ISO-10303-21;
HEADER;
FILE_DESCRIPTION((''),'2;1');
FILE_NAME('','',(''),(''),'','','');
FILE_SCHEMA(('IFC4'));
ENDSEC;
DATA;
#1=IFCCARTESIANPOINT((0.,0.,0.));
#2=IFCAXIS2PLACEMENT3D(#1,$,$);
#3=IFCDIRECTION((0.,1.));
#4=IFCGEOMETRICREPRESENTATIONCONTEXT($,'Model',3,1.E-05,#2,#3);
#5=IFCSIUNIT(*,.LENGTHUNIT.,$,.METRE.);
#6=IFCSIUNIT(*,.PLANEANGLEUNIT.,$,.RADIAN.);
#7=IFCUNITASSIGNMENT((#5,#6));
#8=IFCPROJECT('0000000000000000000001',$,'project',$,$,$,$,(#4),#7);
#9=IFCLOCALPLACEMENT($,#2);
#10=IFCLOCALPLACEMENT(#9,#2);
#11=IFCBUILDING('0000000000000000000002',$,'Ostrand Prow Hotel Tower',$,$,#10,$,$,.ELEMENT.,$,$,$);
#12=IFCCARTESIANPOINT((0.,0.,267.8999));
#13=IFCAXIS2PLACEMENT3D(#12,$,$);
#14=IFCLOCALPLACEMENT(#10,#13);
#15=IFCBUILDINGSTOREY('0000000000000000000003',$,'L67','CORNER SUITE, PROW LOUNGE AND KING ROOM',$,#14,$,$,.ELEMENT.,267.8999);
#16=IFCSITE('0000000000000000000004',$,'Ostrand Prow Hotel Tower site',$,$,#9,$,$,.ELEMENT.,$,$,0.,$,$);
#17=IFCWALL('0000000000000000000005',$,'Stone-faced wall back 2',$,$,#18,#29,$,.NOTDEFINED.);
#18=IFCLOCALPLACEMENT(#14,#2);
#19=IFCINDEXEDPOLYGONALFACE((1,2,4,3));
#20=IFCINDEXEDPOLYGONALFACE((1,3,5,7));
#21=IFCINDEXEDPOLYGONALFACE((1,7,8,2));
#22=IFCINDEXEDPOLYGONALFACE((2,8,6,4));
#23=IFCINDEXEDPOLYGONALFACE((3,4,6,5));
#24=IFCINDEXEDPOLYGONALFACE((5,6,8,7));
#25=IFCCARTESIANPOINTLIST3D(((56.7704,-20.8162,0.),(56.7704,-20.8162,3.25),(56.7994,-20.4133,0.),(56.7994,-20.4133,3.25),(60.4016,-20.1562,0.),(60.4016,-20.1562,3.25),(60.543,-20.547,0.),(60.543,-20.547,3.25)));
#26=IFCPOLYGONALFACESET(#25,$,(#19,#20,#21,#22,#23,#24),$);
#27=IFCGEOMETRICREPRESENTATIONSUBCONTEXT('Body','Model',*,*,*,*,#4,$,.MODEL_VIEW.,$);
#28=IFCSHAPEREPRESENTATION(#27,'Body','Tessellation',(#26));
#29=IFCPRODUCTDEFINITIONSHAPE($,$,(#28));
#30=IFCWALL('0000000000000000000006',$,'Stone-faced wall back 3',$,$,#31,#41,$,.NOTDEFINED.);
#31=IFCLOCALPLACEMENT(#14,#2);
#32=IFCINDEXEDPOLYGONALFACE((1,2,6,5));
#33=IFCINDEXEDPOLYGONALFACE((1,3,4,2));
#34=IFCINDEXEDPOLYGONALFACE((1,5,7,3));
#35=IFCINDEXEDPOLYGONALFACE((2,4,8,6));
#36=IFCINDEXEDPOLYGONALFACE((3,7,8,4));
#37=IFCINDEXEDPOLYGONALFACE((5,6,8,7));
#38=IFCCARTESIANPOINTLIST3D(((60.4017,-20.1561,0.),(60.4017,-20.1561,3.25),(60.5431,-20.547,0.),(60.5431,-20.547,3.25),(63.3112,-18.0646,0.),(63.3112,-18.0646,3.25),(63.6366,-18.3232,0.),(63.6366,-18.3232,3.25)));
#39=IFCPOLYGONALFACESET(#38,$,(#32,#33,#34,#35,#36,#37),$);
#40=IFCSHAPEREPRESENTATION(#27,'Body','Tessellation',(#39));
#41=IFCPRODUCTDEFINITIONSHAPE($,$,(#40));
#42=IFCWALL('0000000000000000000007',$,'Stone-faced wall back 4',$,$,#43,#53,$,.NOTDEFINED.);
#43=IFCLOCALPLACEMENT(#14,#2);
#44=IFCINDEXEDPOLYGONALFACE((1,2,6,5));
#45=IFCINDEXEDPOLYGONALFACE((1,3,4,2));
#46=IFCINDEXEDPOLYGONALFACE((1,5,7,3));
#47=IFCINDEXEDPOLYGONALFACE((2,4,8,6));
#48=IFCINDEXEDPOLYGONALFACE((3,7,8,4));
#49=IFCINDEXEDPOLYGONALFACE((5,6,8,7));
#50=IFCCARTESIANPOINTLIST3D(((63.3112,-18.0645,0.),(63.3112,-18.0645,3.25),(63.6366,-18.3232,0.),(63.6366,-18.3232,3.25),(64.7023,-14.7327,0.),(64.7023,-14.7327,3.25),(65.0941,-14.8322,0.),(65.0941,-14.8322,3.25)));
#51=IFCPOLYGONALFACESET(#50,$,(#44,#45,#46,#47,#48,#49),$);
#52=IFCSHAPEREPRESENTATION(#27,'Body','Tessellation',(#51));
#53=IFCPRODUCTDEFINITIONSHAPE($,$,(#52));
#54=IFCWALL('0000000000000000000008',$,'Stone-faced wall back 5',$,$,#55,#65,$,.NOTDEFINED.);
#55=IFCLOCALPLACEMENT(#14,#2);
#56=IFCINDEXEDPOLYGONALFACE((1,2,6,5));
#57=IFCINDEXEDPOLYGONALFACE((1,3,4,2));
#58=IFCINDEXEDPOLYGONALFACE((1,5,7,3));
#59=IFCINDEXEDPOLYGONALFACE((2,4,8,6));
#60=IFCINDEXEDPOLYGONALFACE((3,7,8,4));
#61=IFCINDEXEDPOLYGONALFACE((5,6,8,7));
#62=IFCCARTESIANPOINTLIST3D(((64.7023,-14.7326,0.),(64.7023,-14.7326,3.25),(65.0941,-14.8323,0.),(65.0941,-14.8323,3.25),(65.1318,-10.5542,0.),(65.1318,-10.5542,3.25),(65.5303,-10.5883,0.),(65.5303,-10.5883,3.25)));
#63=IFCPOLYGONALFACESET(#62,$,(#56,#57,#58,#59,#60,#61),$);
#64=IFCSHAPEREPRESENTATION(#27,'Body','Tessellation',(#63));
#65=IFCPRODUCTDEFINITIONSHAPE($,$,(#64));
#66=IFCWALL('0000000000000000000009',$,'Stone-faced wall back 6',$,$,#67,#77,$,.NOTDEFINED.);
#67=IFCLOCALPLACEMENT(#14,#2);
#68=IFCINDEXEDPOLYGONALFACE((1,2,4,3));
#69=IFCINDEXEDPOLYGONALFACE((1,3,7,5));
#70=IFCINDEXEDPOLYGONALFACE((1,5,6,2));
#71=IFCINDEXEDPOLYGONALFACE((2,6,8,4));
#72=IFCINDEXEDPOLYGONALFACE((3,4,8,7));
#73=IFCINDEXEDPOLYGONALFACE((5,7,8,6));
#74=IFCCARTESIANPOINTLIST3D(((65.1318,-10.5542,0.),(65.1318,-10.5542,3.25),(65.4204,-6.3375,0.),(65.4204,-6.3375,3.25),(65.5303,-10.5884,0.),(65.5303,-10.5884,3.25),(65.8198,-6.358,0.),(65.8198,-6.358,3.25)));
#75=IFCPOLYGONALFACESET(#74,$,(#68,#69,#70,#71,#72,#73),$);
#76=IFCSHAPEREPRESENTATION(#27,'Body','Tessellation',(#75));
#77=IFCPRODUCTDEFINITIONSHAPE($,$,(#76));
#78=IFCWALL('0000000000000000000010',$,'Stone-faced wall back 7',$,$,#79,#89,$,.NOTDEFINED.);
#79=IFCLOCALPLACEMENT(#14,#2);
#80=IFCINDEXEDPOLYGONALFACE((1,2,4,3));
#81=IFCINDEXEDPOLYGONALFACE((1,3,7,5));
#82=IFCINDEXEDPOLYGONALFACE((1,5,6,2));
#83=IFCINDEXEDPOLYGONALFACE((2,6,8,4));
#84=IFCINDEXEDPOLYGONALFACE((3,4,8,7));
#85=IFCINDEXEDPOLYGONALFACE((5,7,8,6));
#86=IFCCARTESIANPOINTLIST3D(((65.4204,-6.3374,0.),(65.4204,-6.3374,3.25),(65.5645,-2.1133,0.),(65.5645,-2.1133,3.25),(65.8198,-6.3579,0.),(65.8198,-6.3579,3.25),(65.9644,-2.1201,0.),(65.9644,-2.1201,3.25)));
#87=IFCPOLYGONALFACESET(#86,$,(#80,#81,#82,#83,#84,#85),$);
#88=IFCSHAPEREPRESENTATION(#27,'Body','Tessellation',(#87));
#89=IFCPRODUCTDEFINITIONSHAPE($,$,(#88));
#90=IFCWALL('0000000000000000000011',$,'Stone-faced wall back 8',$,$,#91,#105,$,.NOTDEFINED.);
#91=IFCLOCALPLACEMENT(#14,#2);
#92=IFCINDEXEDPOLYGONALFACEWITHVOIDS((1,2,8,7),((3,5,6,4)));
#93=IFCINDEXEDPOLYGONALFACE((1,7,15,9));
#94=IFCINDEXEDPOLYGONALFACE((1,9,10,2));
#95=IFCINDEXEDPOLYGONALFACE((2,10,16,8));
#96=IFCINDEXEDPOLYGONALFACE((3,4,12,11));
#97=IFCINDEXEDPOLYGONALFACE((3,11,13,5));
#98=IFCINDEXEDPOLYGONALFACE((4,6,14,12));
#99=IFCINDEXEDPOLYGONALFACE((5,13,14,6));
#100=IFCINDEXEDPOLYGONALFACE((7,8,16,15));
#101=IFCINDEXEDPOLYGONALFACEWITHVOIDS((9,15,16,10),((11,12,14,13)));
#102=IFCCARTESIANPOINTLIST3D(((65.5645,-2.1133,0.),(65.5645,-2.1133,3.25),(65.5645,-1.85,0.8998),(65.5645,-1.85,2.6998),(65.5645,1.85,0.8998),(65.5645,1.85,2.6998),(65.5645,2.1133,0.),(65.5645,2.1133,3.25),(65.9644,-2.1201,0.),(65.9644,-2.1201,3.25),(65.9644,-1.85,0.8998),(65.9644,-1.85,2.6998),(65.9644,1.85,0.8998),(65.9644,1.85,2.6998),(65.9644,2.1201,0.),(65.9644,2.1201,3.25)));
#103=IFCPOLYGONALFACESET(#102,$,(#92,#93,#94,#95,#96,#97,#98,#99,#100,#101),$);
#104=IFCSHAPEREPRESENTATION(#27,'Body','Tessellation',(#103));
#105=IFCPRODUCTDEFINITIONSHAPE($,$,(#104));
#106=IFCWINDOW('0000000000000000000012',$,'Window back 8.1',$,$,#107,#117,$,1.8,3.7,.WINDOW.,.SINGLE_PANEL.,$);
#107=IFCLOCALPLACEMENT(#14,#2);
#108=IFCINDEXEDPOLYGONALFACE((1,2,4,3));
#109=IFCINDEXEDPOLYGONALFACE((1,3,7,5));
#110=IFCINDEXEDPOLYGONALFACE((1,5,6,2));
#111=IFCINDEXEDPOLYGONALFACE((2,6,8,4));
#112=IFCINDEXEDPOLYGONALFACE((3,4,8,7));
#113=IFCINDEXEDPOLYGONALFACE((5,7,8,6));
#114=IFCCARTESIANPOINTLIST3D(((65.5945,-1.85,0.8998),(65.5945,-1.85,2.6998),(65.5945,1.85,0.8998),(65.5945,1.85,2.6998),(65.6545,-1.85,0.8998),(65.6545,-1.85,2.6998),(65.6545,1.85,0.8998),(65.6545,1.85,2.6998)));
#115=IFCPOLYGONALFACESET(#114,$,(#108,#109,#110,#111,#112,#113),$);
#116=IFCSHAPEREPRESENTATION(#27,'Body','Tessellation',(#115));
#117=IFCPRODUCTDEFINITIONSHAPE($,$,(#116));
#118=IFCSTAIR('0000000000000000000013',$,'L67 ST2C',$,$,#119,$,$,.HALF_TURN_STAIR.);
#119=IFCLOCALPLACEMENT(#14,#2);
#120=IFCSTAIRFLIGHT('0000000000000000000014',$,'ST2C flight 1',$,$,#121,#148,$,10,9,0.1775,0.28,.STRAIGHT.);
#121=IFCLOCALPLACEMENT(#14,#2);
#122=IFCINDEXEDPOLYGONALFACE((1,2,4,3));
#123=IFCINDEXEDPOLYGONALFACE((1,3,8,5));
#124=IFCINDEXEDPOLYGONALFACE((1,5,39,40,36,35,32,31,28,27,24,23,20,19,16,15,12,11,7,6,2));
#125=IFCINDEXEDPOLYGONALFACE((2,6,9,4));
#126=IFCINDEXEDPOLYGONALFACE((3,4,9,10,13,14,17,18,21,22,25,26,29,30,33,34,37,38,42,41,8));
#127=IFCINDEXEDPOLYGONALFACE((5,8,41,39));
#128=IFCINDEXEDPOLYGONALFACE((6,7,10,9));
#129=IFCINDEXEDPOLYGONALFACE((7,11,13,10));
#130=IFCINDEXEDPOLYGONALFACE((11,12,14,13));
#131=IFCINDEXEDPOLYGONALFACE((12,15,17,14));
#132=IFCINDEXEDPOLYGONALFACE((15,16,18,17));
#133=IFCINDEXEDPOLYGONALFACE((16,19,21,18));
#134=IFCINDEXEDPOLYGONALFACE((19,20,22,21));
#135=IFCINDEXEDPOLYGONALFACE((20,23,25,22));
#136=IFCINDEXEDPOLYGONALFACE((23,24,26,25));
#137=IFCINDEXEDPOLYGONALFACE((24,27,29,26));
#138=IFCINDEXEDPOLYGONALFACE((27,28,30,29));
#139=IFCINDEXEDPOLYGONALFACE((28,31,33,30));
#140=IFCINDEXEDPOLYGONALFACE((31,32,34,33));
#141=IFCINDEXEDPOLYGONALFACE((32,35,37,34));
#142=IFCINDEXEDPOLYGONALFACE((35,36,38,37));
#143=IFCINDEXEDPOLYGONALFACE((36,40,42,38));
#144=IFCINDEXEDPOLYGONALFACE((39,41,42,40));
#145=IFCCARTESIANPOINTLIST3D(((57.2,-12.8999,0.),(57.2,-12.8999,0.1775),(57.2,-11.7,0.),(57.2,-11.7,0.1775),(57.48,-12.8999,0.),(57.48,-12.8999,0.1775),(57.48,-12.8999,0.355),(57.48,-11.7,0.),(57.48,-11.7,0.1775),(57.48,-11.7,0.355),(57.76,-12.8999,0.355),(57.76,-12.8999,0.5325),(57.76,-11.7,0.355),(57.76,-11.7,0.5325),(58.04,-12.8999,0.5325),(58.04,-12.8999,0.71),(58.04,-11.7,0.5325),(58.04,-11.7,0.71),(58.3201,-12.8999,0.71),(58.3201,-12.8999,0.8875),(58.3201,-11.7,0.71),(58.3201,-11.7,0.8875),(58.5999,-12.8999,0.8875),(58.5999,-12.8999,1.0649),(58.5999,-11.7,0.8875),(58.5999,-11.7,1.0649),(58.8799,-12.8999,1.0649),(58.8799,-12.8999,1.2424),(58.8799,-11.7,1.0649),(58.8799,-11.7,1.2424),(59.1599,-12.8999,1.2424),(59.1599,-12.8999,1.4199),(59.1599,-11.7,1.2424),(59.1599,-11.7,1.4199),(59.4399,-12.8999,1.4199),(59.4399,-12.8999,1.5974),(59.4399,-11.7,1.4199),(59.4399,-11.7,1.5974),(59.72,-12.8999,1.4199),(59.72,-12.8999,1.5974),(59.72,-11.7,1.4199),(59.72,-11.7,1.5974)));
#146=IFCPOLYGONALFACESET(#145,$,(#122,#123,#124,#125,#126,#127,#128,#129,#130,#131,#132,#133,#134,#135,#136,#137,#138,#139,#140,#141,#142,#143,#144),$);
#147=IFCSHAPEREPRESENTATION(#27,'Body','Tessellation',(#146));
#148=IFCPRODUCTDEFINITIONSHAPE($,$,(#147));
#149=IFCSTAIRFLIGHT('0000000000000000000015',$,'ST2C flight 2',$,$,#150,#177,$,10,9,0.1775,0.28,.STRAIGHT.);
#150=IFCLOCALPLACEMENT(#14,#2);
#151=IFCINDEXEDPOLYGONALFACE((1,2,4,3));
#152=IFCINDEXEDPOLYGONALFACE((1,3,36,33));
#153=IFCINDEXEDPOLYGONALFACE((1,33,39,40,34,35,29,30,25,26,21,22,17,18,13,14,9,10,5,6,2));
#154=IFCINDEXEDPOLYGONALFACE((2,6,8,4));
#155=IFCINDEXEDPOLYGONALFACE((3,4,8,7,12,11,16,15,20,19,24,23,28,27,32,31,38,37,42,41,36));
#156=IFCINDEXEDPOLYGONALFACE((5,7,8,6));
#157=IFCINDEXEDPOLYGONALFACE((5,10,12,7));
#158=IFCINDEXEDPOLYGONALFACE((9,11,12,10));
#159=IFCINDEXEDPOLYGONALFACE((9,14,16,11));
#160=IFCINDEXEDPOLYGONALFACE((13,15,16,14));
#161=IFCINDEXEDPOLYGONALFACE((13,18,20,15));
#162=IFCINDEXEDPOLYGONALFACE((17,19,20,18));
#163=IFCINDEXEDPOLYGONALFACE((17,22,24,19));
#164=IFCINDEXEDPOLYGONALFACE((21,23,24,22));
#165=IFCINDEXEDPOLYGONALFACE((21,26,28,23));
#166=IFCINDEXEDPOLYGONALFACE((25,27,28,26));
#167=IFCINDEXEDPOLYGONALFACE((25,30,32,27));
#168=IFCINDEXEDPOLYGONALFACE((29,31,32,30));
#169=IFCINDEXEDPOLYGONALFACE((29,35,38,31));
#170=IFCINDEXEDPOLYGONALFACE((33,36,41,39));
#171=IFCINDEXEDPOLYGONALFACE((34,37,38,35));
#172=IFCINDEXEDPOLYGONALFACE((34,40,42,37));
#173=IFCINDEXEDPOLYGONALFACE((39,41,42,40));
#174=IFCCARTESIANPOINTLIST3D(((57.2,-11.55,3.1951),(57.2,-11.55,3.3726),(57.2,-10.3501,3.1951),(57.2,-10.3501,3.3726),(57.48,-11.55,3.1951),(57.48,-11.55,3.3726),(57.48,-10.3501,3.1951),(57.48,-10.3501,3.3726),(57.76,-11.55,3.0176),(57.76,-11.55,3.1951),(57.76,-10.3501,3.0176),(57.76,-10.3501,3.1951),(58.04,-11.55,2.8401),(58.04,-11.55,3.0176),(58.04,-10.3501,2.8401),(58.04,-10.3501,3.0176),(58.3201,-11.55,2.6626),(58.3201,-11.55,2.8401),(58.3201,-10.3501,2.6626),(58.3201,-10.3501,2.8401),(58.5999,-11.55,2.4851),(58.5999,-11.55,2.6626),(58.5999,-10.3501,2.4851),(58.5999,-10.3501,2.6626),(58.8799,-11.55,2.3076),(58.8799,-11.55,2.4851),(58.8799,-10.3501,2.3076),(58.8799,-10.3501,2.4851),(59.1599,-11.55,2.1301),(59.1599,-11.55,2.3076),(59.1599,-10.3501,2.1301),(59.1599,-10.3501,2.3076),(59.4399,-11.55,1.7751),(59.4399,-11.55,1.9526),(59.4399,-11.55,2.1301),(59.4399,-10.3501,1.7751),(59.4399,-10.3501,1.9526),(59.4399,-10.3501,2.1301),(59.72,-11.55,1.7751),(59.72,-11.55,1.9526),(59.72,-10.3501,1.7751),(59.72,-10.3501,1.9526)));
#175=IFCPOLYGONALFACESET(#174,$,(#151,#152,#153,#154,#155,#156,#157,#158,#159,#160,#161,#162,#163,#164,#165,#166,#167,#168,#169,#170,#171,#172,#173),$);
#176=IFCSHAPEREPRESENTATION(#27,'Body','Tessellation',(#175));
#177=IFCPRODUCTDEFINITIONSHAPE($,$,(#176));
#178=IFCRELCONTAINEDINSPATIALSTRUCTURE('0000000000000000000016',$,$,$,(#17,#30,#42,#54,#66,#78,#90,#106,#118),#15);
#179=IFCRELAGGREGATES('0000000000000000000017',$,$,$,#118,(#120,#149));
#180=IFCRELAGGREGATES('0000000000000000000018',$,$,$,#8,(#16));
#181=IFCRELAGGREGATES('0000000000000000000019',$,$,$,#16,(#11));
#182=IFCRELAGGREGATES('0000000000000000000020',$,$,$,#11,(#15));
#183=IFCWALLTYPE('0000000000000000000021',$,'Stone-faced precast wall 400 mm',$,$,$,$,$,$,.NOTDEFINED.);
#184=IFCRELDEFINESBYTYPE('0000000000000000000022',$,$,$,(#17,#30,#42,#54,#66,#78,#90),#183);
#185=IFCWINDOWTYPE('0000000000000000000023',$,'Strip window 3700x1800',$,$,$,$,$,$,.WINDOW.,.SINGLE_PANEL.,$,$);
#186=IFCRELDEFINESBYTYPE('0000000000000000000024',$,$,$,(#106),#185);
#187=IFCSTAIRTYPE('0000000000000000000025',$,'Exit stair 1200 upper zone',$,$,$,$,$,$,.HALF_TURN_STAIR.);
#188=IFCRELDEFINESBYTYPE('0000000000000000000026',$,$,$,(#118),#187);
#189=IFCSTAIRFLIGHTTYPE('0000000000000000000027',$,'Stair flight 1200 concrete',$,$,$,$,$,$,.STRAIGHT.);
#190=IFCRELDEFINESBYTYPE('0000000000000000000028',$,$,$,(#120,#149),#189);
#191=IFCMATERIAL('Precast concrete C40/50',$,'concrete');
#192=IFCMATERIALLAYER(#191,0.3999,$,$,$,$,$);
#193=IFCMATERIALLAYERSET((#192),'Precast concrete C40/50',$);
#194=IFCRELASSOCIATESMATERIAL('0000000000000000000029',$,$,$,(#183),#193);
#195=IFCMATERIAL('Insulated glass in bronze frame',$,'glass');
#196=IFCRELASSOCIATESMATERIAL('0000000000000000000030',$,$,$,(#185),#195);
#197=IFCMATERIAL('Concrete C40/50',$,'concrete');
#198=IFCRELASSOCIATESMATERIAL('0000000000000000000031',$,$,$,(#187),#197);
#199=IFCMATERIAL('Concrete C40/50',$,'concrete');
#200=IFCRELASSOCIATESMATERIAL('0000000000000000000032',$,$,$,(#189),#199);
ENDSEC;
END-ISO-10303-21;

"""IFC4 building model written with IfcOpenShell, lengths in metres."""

from ifc_helpers import new_model, si_unit, direction, frame, frame_2d, origin, place, context, subcontext, project, spatial, polyline, rectangle, outline, extrude, material, layer, layer_set, type_object, element, fill, aggregate, save


model = new_model("IFC4")

# Units and contexts
model_context = context("Model", 3, precision=1e-05, world=origin(), true_north=direction((0.0, 1.0)))
body_context = subcontext(model_context, "Body", "Model", "MODEL_VIEW")
ifc_project = project(units=[si_unit("LENGTHUNIT", "METRE"), si_unit("PLANEANGLEUNIT", "RADIAN")], contexts=[model_context])

# Site, building, storey
site_placement = place(None, origin())
site = spatial("IfcSite", under=ifc_project, at=site_placement, Name="Ostrand Prow Hotel Tower site", CompositionType="ELEMENT", RefElevation=0.0)
building_placement = place(site_placement, origin())
building = spatial("IfcBuilding", under=site, at=building_placement, Name="Ostrand Prow Hotel Tower", CompositionType="ELEMENT")
storey_placement = place(building_placement, frame((0.0, 0.0, 267.8999)))
storey = spatial("IfcBuildingStorey", under=building, at=storey_placement, Name="L67", Description="CORNER SUITE, PROW LOUNGE AND KING ROOM", CompositionType="ELEMENT", Elevation=267.8999)

# Walls
ifc_material_1 = material(Name="Precast concrete C40/50", Category="concrete")
ifc_layer_1 = layer(ifc_material_1, 0.3999)
ifc_layer_set_1 = layer_set([ifc_layer_1], Name="Precast concrete C40/50")
wall_type_1 = type_object("IfcWallType", Name="Stone-faced precast wall 400 mm", PredefinedType="NOTDEFINED", material=ifc_layer_set_1)
wall_1_placement = place(storey_placement, frame((56.7849, -20.6147, 0.0), z_axis=(0.0, 0.0, 1.0), x_axis=(0.997463, 0.071191, 0.0)))
element("IfcWall", 1, at=wall_1_placement, inside=storey, type_object=wall_type_1, Name="Stone-faced wall back 2", PredefinedType="NOTDEFINED", context=body_context, shape_type="SweptSolid", body=[
    extrude(outline(polyline([(-0.0288, -0.2), (3.7534, -0.2), (3.6401, 0.2), (0.0288, 0.2), (-0.0288, -0.2)])), origin(), (0.0, 0.0, 1.0), 3.25),
])
wall_2_placement = place(storey_placement, frame((60.4724, -20.3516, 0.0), z_axis=(0.0, 0.0, 1.0), x_axis=(0.811963, 0.58371, 0.0)))
element("IfcWall", 2, at=wall_2_placement, inside=storey, type_object=wall_type_1, Name="Stone-faced wall back 3", PredefinedType="NOTDEFINED", context=body_context, shape_type="SweptSolid", body=[
    extrude(outline(polyline([(-0.0566, -0.2), (3.7532, -0.2), (3.6399, 0.2), (0.0566, 0.2), (-0.0566, -0.2)])), origin(), (0.0, 0.0, 1.0), 3.25),
])
wall_3_placement = place(storey_placement, frame((63.4739, -18.1938, 0.0), z_axis=(0.0, 0.0, 1.0), x_axis=(0.385286, 0.922797, 0.0)))
element("IfcWall", 3, at=wall_3_placement, inside=storey, type_object=wall_type_1, Name="Stone-faced wall back 4", PredefinedType="NOTDEFINED", context=body_context, shape_type="SweptSolid", body=[
    extrude(outline(polyline([(-0.0566, -0.2), (3.7263, -0.2), (3.6672, 0.2), (0.0566, 0.2), (-0.0566, -0.2)])), origin(), (0.0, 0.0, 1.0), 3.25),
])
wall_4_placement = place(storey_placement, frame((64.8982, -14.7825, 0.0), z_axis=(0.0, 0.0, 1.0), x_axis=(0.10225, 0.994759, 0.0)))
element("IfcWall", 4, at=wall_4_placement, inside=storey, type_object=wall_type_1, Name="Stone-faced wall back 5", PredefinedType="NOTDEFINED", context=body_context, shape_type="SweptSolid", body=[
    extrude(outline(polyline([(-0.0295, -0.2), (4.2368, -0.2), (4.23, 0.2), (0.0295, 0.2), (-0.0295, -0.2)])), origin(), (0.0, 0.0, 1.0), 3.25),
])
for number, where, z_axis, x_axis, name in (
    (5, (65.3311, -10.5713, 0.0), (0.0, 0.0, 1.0), (0.06828, 0.997666, 0.0), "Stone-faced wall back 6"),
    (6, (65.6201, -6.3477, 0.0), (0.0, 0.0, 1.0), (0.034083, 0.999419, 0.0), "Stone-faced wall back 7"),
):
    element("IfcWall", number, at=place(storey_placement, frame(where, z_axis=z_axis, x_axis=x_axis)), inside=storey, type_object=wall_type_1, Name=name, PredefinedType="NOTDEFINED", context=body_context, shape_type="SweptSolid", body=[
        extrude(outline(polyline([(-0.0034, -0.2), (4.2368, -0.2), (4.23, 0.2), (0.0034, 0.2), (-0.0034, -0.2)])), origin(), (0.0, 0.0, 1.0), 3.25),
    ])

# Wall, opening, window
wall_5_placement = place(storey_placement, frame((65.7644, -2.1167, 0.0), z_axis=(0.0, 0.0, 1.0), x_axis=(0.0, 1.0, 0.0)))
wall_5 = element("IfcWall", 7, at=wall_5_placement, inside=storey, type_object=wall_type_1, Name="Stone-faced wall back 8", PredefinedType="NOTDEFINED", context=body_context, shape_type="SweptSolid", body=[
    extrude(outline(polyline([(-0.0034, -0.2), (4.2368, -0.2), (4.23, 0.2), (0.0034, 0.2), (-0.0034, -0.2)])), origin(), (0.0, 0.0, 1.0), 3.25),
])
opening_placement = place(wall_5_placement, frame((0.2666, 0.0, 0.8999)))
opening = element("IfcOpeningElement", 8, at=opening_placement, cuts=wall_5, PredefinedType="OPENING", context=body_context, shape_type="SweptSolid", body=[
    extrude(rectangle(XDim=3.7, YDim=1.8, at=frame_2d((1.8501, 0.8999))), frame((0.0, 0.21, 0.0), z_axis=(0.0, -1.0, 0.0), x_axis=(1.0, 0.0, 0.0)), (0.0, 0.0, 1.0), 0.4199),
])
ifc_material_2 = material(Name="Insulated glass in bronze frame", Category="glass")
window_type = type_object("IfcWindowType", Name="Strip window 3700x1800", PartitioningType="SINGLE_PANEL", PredefinedType="WINDOW", material=ifc_material_2)
window_placement = place(opening_placement, origin())
window = element("IfcWindow", 9, at=window_placement, inside=storey, type_object=window_type, Name="Window back 8.1", OverallHeight=1.8, OverallWidth=3.7, PartitioningType="SINGLE_PANEL", PredefinedType="WINDOW", context=body_context, shape_type="SweptSolid", body=[
    extrude(rectangle(XDim=3.7, YDim=1.8, at=frame_2d((1.8501, 0.8999))), frame((0.0, 0.1699, 0.0), z_axis=(0.0, -1.0, 0.0), x_axis=(1.0, 0.0, 0.0)), (0.0, 0.0, 1.0), 0.0601),
])
fill(opening, window)

# Stair, stair flights
ifc_material_3 = material(Name="Concrete C40/50", Category="concrete")
stair_type = type_object("IfcStairType", Name="Exit stair 1200 upper zone", PredefinedType="HALF_TURN_STAIR", material=ifc_material_3)
stair_placement = place(storey_placement, origin())
stair = element("IfcStair", 10, at=stair_placement, inside=storey, type_object=stair_type, Name="L67 ST2C", PredefinedType="HALF_TURN_STAIR")
ifc_material_4 = material(Name="Concrete C40/50", Category="concrete")
stair_flight_type = type_object("IfcStairFlightType", Name="Stair flight 1200 concrete", PredefinedType="STRAIGHT", material=ifc_material_4)
stair_flight_1_placement = place(storey_placement, frame((57.2, -12.3, 0.0), z_axis=(0.0, 0.0, 1.0), x_axis=(1.0, 0.0, 0.0)))
stair_flight_1 = element("IfcStairFlight", 11, at=stair_flight_1_placement, type_object=stair_flight_type, Name="ST2C flight 1", NumberOfRisers=10, NumberOfTreads=9, PredefinedType="STRAIGHT", RiserHeight=0.1775, TreadLength=0.28, context=body_context, shape_type="SweptSolid", body=[
    extrude(outline(polyline([(0.0, 0.0), (0.0, 0.1775), (0.28, 0.1775), (0.28, 0.355), (0.5601, 0.355), (0.5601, 0.5325), (0.8401, 0.5325), (0.8401, 0.71), (1.1201, 0.71), (1.1201, 0.8875), (1.3999, 0.8875), (1.3999, 1.0649), (1.6799, 1.0649), (1.6799, 1.2424), (1.96, 1.2424), (1.96, 1.4199), (2.24, 1.4199), (2.24, 1.5974), (2.52, 1.5974), (2.52, 1.7749), (2.52, 1.4199), (0.28, 0.0), (0.0, 0.0)])), frame((0.0, 0.6001, 0.0), z_axis=(0.0, -1.0, 0.0), x_axis=(1.0, 0.0, 0.0)), (0.0, 0.0, 1.0), 1.2),
])
stair_flight_2_placement = place(storey_placement, frame((59.72, -10.95, 1.7751), z_axis=(0.0, 0.0, 1.0), x_axis=(-1.0, 0.0, 0.0)))
stair_flight_2 = element("IfcStairFlight", 12, at=stair_flight_2_placement, type_object=stair_flight_type, Name="ST2C flight 2", NumberOfRisers=10, NumberOfTreads=9, PredefinedType="STRAIGHT", RiserHeight=0.1775, TreadLength=0.28, context=body_context, shape_type="SweptSolid", body=[
    extrude(outline(polyline([(0.0, 0.0), (0.0, 0.1775), (0.28, 0.1775), (0.28, 0.355), (0.5601, 0.355), (0.5601, 0.5325), (0.8401, 0.5325), (0.8401, 0.71), (1.1201, 0.71), (1.1201, 0.8875), (1.3999, 0.8875), (1.3999, 1.0649), (1.6799, 1.0649), (1.6799, 1.2424), (1.96, 1.2424), (1.96, 1.4199), (2.24, 1.4199), (2.24, 1.5974), (2.52, 1.5974), (2.52, 1.7749), (2.52, 1.4199), (0.28, 0.0), (0.0, 0.0)])), frame((0.0, 0.6001, 0.0), z_axis=(0.0, -1.0, 0.0), x_axis=(1.0, 0.0, 0.0)), (0.0, 0.0, 1.0), 1.2),
])
aggregate(stair, [stair_flight_1, stair_flight_2])

save(model, "model.ifc")
